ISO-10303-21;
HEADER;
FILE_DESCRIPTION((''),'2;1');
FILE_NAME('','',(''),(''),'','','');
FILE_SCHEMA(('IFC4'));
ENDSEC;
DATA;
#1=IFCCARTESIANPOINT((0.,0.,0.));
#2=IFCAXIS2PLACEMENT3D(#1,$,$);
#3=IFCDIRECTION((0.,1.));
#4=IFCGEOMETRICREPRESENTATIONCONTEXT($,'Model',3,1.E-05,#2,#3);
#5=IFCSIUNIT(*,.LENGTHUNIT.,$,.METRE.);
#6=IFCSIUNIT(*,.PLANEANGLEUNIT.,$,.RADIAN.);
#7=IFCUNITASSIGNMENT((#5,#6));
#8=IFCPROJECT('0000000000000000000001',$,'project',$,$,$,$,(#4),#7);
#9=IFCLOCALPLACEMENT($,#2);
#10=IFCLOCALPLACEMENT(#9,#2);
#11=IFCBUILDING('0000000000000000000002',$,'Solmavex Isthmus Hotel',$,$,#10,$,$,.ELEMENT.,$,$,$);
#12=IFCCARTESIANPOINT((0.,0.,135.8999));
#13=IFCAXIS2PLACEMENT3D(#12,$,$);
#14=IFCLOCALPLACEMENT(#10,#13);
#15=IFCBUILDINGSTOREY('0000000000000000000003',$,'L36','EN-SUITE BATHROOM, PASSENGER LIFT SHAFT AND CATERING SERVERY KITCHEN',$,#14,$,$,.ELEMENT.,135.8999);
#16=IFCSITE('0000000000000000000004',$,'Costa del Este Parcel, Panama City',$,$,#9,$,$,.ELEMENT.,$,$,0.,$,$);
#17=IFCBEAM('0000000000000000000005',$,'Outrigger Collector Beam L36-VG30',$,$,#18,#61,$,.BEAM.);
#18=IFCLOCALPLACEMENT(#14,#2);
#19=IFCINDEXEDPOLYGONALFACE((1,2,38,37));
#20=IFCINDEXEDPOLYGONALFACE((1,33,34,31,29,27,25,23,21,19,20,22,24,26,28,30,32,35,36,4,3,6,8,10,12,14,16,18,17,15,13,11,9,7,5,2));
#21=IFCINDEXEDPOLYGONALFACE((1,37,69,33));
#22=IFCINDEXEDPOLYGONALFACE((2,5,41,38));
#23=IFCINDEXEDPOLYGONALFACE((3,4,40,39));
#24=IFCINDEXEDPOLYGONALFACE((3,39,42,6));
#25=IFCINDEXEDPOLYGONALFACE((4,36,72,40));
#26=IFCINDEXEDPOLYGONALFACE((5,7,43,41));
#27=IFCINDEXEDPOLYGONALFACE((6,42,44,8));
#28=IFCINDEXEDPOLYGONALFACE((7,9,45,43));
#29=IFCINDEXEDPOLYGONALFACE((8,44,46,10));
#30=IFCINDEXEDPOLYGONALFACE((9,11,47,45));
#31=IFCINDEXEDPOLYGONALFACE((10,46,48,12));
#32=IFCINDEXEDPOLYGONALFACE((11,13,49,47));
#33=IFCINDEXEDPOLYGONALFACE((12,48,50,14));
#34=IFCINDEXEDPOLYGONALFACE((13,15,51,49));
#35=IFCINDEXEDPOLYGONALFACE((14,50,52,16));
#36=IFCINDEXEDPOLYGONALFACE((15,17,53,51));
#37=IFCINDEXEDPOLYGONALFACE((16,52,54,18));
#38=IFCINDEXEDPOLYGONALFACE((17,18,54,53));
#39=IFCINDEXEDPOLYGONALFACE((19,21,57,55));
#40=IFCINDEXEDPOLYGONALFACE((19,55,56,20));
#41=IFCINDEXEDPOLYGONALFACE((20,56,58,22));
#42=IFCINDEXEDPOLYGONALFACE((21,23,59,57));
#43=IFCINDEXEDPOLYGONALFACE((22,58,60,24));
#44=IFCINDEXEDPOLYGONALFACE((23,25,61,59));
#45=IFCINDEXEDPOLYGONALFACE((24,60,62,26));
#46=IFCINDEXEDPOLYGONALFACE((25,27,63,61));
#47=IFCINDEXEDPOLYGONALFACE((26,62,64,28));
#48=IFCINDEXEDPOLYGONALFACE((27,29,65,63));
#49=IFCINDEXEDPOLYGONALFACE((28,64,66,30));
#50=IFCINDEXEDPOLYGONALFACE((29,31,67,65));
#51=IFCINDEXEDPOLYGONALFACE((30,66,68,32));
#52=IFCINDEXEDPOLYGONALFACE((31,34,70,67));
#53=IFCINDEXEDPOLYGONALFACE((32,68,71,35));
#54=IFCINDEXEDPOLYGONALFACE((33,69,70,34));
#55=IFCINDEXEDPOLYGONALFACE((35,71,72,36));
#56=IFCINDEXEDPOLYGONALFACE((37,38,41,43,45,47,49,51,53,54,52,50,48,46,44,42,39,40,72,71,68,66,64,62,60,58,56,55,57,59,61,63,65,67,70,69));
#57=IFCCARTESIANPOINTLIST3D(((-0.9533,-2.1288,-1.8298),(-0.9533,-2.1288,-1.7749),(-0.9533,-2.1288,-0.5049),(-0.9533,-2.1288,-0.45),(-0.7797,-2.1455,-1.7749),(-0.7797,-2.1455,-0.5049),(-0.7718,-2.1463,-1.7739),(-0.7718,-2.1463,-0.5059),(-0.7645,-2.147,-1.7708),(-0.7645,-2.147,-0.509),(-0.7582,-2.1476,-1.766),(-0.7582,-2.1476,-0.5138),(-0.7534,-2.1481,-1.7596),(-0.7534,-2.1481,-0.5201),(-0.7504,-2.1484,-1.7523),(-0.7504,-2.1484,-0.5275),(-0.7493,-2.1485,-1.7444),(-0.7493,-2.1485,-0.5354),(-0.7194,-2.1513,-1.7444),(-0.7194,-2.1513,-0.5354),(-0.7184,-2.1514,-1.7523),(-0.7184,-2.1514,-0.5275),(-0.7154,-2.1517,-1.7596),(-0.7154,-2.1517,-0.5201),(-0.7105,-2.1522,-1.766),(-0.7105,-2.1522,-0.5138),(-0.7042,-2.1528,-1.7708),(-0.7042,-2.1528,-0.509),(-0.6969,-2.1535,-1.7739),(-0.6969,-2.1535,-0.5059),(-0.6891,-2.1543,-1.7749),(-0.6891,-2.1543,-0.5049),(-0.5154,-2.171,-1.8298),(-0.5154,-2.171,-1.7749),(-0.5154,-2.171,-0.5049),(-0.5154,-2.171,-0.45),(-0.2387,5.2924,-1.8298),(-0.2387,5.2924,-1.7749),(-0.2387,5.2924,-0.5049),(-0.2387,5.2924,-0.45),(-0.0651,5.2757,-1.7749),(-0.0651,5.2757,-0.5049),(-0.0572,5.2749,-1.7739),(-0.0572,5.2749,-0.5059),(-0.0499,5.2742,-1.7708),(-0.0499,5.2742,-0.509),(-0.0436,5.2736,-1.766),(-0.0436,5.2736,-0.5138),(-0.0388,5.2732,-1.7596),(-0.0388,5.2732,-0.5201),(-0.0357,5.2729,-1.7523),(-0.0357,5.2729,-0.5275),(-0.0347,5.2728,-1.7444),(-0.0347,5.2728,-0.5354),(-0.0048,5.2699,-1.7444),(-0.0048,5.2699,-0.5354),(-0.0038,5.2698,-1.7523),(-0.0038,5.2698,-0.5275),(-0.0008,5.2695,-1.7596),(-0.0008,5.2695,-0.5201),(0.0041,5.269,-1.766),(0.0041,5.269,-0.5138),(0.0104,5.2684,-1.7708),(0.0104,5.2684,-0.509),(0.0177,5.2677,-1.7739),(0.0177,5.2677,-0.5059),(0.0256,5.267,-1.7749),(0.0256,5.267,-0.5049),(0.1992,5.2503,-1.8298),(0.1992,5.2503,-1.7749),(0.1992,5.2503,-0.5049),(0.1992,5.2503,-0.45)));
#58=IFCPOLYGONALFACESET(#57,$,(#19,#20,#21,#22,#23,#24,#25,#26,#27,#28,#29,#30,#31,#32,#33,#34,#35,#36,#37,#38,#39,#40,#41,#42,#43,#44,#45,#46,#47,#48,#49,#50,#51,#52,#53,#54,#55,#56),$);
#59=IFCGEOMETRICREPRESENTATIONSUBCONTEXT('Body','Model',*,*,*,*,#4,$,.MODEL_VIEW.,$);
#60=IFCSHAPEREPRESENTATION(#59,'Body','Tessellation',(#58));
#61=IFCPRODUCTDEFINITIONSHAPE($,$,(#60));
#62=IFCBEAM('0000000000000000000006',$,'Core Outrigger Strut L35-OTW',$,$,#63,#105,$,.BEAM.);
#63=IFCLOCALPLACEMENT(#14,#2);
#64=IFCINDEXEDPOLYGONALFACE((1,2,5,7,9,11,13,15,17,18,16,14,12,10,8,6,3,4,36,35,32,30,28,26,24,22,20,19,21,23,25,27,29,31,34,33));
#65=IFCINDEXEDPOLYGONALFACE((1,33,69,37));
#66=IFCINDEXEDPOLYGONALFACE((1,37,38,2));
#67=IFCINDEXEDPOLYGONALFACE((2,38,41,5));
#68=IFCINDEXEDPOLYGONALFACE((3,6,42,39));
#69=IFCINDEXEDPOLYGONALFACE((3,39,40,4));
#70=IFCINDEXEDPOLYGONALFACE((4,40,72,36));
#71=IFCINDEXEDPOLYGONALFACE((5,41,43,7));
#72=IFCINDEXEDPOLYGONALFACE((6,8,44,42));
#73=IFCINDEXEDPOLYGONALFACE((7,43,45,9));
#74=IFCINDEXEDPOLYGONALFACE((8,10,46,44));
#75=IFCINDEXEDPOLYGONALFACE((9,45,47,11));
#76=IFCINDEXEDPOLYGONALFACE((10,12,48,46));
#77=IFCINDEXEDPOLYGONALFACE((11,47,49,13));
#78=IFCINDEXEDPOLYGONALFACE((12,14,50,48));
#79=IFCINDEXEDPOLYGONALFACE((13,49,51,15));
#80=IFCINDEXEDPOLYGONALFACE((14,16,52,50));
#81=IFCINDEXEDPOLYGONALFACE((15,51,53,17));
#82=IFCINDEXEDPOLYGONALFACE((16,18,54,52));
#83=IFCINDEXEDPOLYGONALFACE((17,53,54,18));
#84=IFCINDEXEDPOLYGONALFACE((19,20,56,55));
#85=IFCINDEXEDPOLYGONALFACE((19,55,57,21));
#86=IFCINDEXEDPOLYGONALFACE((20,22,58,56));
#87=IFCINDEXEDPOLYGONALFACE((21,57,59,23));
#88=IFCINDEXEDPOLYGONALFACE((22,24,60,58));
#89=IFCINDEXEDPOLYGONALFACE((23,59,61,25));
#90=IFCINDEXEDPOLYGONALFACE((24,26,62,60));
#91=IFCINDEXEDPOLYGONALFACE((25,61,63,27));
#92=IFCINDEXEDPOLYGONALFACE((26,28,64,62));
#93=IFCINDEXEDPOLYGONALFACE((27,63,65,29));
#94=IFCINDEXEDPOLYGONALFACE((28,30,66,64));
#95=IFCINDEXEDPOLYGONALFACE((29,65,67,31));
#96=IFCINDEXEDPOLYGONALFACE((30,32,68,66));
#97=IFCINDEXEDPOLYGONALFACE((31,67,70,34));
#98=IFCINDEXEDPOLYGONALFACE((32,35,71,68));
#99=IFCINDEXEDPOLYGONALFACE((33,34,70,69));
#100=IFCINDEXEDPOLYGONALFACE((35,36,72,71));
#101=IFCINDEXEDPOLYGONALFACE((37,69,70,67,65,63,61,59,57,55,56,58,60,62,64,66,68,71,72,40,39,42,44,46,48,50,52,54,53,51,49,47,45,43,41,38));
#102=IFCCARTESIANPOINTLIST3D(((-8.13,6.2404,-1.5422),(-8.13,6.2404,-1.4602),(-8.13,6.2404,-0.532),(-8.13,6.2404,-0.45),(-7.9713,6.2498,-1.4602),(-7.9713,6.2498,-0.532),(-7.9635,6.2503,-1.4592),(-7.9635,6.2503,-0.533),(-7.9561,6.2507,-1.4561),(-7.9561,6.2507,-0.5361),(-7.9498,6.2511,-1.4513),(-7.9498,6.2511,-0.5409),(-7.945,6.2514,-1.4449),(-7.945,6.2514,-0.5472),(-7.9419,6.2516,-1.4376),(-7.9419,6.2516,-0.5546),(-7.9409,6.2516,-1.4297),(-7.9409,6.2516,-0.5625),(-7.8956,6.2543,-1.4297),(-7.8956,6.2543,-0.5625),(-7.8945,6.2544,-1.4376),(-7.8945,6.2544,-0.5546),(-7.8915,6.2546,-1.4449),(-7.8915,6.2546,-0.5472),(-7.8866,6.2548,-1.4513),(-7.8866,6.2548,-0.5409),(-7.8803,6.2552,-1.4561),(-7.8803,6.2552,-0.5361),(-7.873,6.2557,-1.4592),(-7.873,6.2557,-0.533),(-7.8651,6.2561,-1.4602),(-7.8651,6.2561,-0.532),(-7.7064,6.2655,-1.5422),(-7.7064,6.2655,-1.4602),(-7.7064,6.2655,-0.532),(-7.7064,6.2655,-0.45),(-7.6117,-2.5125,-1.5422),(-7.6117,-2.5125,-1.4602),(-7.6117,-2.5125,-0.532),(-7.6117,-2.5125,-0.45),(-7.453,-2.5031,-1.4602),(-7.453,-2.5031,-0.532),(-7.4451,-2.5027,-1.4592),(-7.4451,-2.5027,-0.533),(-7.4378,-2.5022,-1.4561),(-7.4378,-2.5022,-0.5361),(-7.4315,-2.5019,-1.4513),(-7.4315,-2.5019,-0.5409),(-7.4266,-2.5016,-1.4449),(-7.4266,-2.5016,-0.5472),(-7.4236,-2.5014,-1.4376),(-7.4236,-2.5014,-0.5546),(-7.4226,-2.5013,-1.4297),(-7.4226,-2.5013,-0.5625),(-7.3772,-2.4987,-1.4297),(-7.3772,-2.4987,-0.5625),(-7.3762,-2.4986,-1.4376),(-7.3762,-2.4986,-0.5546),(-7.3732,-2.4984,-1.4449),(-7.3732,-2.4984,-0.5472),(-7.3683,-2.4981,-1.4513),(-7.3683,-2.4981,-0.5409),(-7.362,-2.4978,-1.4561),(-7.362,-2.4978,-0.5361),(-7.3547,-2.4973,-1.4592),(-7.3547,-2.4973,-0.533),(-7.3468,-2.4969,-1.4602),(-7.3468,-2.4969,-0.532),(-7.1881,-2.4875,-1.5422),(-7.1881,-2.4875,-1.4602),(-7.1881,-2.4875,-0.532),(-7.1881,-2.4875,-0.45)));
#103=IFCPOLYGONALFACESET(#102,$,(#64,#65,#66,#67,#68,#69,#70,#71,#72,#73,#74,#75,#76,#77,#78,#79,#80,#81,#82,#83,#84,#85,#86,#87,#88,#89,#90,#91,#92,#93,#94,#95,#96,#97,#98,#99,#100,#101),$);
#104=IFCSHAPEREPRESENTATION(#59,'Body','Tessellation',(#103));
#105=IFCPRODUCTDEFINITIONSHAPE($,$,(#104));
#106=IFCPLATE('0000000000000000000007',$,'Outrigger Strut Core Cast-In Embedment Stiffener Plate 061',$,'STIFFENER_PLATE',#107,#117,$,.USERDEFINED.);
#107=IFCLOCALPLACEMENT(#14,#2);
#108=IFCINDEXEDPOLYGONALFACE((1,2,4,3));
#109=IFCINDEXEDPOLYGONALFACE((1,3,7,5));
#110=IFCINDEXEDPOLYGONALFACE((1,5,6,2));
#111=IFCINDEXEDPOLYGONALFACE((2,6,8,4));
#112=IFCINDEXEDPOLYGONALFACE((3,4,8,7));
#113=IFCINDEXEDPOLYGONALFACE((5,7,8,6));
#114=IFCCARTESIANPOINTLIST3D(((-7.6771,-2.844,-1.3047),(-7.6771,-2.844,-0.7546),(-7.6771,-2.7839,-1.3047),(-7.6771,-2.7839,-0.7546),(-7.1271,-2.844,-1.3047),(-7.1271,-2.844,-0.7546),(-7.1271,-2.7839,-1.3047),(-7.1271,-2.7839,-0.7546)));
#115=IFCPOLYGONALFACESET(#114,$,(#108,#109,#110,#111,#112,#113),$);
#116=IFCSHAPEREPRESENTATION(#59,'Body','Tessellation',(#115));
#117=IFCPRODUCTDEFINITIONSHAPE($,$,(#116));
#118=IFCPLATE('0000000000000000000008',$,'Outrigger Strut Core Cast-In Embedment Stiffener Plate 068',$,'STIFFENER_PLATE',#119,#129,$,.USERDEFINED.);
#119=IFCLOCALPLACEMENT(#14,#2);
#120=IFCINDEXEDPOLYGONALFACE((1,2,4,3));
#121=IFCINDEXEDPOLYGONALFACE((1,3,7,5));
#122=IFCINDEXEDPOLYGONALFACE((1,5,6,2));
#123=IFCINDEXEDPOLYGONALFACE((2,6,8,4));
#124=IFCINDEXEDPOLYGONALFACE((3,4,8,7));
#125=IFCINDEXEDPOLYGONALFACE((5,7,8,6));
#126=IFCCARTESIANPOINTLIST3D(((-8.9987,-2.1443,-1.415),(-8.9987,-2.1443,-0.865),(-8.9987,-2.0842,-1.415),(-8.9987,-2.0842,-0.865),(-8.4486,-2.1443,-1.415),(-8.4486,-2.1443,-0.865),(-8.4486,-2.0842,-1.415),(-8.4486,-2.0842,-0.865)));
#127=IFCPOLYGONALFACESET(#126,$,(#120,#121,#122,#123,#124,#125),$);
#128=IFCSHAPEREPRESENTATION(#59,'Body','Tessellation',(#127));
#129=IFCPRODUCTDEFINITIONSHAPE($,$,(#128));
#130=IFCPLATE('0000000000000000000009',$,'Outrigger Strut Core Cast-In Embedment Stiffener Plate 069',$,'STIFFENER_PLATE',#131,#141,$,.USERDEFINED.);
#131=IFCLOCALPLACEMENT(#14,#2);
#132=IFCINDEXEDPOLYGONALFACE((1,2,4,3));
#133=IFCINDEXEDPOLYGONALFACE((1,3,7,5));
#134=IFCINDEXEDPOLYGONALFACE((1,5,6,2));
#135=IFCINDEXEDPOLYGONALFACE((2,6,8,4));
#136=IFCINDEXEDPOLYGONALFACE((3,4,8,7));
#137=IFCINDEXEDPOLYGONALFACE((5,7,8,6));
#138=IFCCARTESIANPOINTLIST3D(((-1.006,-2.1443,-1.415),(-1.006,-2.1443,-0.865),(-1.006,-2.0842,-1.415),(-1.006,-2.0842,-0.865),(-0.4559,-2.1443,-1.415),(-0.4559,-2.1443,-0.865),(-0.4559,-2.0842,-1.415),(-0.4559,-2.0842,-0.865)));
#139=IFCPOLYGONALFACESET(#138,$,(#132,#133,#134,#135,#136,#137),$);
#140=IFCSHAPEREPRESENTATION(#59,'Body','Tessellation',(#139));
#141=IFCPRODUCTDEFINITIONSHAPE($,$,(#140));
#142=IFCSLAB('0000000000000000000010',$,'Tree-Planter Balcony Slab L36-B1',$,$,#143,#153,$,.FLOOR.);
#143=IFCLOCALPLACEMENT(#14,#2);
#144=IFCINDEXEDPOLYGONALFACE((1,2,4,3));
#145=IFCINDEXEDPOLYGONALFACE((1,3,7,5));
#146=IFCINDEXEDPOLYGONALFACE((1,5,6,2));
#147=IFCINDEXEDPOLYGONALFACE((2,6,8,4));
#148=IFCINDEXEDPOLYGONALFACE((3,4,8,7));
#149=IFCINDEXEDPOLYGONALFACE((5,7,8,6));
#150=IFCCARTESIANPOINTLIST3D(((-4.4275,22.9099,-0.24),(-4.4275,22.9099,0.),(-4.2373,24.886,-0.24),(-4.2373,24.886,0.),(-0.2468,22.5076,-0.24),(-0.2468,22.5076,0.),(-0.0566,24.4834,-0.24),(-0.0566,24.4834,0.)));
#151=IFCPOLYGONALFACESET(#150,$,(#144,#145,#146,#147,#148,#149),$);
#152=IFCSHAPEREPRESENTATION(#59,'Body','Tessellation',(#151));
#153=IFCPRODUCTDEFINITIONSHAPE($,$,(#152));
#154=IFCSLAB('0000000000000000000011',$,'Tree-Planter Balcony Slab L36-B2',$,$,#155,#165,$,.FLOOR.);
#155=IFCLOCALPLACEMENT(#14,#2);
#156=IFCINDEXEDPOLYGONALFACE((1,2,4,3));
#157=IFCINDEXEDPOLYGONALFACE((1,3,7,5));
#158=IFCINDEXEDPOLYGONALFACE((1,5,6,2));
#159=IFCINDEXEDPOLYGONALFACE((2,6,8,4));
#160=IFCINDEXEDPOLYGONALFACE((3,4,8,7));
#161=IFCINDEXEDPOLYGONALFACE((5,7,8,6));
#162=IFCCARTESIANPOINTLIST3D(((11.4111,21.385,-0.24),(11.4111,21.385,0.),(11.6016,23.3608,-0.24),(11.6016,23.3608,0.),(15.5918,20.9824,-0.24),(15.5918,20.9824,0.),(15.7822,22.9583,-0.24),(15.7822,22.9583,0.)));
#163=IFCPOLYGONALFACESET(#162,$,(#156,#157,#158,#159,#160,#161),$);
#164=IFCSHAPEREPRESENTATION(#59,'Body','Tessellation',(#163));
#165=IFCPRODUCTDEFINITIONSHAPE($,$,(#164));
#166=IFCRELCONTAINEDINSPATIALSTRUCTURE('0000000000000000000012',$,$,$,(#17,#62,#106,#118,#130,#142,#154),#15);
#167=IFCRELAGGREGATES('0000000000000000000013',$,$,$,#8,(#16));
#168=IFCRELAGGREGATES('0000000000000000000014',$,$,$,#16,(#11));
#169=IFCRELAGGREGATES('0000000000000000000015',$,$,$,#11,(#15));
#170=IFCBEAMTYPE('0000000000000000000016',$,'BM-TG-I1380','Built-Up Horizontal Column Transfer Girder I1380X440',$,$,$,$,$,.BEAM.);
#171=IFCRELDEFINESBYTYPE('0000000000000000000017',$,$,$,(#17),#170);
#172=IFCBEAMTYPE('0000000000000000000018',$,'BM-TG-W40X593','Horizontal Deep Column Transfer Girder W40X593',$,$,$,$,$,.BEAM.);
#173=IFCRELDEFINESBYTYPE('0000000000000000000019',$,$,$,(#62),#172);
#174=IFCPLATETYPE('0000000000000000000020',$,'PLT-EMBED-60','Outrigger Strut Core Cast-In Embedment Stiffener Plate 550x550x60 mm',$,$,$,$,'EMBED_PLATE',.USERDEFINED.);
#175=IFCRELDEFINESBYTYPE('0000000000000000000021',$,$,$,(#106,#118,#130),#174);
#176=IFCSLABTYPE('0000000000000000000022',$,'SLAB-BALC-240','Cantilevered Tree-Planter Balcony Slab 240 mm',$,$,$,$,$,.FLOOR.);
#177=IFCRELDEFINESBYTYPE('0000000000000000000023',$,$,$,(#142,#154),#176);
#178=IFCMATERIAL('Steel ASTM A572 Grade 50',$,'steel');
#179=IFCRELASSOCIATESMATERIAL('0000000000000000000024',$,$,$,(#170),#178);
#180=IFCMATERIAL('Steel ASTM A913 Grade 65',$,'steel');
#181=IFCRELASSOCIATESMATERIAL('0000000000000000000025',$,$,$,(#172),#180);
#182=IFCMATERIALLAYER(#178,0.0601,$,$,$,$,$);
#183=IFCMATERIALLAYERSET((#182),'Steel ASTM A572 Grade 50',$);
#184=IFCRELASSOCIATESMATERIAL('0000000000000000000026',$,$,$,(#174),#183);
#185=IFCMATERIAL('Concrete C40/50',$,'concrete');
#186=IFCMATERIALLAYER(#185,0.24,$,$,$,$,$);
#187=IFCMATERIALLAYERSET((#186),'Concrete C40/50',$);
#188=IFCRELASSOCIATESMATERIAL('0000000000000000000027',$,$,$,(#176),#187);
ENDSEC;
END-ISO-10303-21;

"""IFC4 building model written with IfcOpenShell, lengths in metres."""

from ifc_helpers import new_model, si_unit, direction, frame, origin, origin_2d, place, context, subcontext, project, spatial, polyline, rectangle, i_section, outline, extrude, material, layer, layer_set, material_profile, profile_set, type_object, element, save


model = new_model("IFC4")

# Units and contexts
model_context = context("Model", 3, precision=1e-05, world=origin(), true_north=direction((0.0, 1.0)))
body_context = subcontext(model_context, "Body", "Model", "MODEL_VIEW")
ifc_project = project(units=[si_unit("LENGTHUNIT", "METRE"), si_unit("PLANEANGLEUNIT", "RADIAN")], contexts=[model_context])

# Site, building, storey
site_placement = place(None, origin())
site = spatial("IfcSite", under=ifc_project, at=site_placement, Name="Costa del Este Parcel, Panama City", CompositionType="ELEMENT", RefElevation=0.0)
building_placement = place(site_placement, origin())
building = spatial("IfcBuilding", under=site, at=building_placement, Name="Solmavex Isthmus Hotel", CompositionType="ELEMENT")
storey_placement = place(building_placement, frame((0.0, 0.0, 135.8999)))
storey = spatial("IfcBuildingStorey", under=building, at=storey_placement, Name="L36", Description="EN-SUITE BATHROOM, PASSENGER LIFT SHAFT AND CATERING SERVERY KITCHEN", CompositionType="ELEMENT", Elevation=135.8999)

# Beams
ifc_material_1 = material(Name="Steel ASTM A913 Grade 65", Category="steel")
ifc_material_2 = material(Name="Steel ASTM A572 Grade 50", Category="steel")
ifc_material_profile_1 = material_profile(ifc_material_2, i_section(OverallWidth=0.4399, OverallDepth=1.3799, WebThickness=0.03, FlangeThickness=0.0549, FilletRadius=0.0305, at=origin_2d()), Name="I1380X440")
ifc_profile_set_1 = profile_set([ifc_material_profile_1], Name="Steel ASTM A572 Grade 50")
beam_type_1 = type_object("IfcBeamType", Name="BM-TG-I1380", Description="Built-Up Horizontal Column Transfer Girder I1380X440", PredefinedType="BEAM", material=ifc_profile_set_1)
beam_1_placement = place(storey_placement, frame((-0.7344, -2.1499, -1.1399), z_axis=(0.095849, 0.995396, 0.0), x_axis=(-0.995396, 0.095849, 0.0)))
element("IfcBeam", 1, at=beam_1_placement, inside=storey, type_object=beam_type_1, Name="Outrigger Collector Beam L36-VG30", PredefinedType="BEAM", context=body_context, shape_type="SweptSolid", body=[
    extrude(i_section(OverallWidth=0.4399, OverallDepth=1.3799, WebThickness=0.03, FlangeThickness=0.0549, FilletRadius=0.0305, at=origin_2d()), origin(), (0.0, 0.0, 1.0), 7.4556),
])
ifc_material_profile_2 = material_profile(ifc_material_1, i_section(OverallWidth=0.4243, OverallDepth=1.0923, WebThickness=0.0454, FlangeThickness=0.082, FilletRadius=0.0305, at=origin_2d()), Name="W40X593")
ifc_profile_set_2 = profile_set([ifc_material_profile_2], Name="Steel ASTM A913 Grade 65")
beam_type_2 = type_object("IfcBeamType", Name="BM-TG-W40X593", Description="Horizontal Deep Column Transfer Girder W40X593", PredefinedType="BEAM", material=ifc_profile_set_2)
beam_2_placement = place(storey_placement, frame((-7.3999, -2.5, -0.9961), z_axis=(-0.059112, 0.998251, 0.0), x_axis=(-0.998251, -0.059112, 0.0)))
element("IfcBeam", 2, at=beam_2_placement, inside=storey, type_object=beam_type_2, Name="Core Outrigger Strut L35-OTW", PredefinedType="BEAM", context=body_context, shape_type="SweptSolid", body=[
    extrude(i_section(OverallWidth=0.4243, OverallDepth=1.0923, WebThickness=0.0454, FlangeThickness=0.082, FilletRadius=0.0305, at=origin_2d()), origin(), (0.0, 0.0, 1.0), 8.7683),
])

# Plates
ifc_layer_1 = layer(ifc_material_2, 0.0601)
ifc_layer_set_1 = layer_set([ifc_layer_1], Name="Steel ASTM A572 Grade 50")
plate_type = type_object("IfcPlateType", Name="PLT-EMBED-60", Description="Outrigger Strut Core Cast-In Embedment Stiffener Plate 550x550x60 mm", ElementType="EMBED_PLATE", PredefinedType="USERDEFINED", material=ifc_layer_set_1)
for number, where, z_axis, x_axis, name in (
    (3, (-7.4021, -2.814, -1.3047), (0.0, 0.0, 1.0), (1.0, 0.0, 0.0), "Outrigger Strut Core Cast-In Embedment Stiffener Plate 061"),
    (4, (-8.7236, -2.1143, -1.415), (0.0, 0.0, 1.0), (1.0, 0.0, 0.0), "Outrigger Strut Core Cast-In Embedment Stiffener Plate 068"),
    (5, (-0.731, -2.1143, -1.415), (0.0, 0.0, 1.0), (1.0, 0.0, 0.0), "Outrigger Strut Core Cast-In Embedment Stiffener Plate 069"),
):
    element("IfcPlate", number, at=place(storey_placement, frame(where, z_axis=z_axis, x_axis=x_axis)), inside=storey, type_object=plate_type, Name=name, ObjectType="STIFFENER_PLATE", PredefinedType="USERDEFINED", context=body_context, shape_type="SweptSolid", body=[
        extrude(rectangle(XDim=0.55, YDim=0.0601, at=origin_2d()), origin(), (0.0, 0.0, 1.0), 0.55),
    ])

# Slabs
ifc_material_3 = material(Name="Concrete C40/50", Category="concrete")
ifc_layer_2 = layer(ifc_material_3, 0.24)
ifc_layer_set_2 = layer_set([ifc_layer_2], Name="Concrete C40/50")
slab_type_1 = type_object("IfcSlabType", Name="SLAB-BALC-240", Description="Cantilevered Tree-Planter Balcony Slab 240 mm", PredefinedType="FLOOR", material=ifc_layer_set_2)
slab_1_placement = place(storey_placement, frame((0.0, 0.0, -0.24)))
element("IfcSlab", 6, at=slab_1_placement, inside=storey, type_object=slab_type_1, Name="Tree-Planter Balcony Slab L36-B1", PredefinedType="FLOOR", context=body_context, shape_type="SweptSolid", body=[
    extrude(outline(polyline([(-4.4275, 22.9099), (-0.2468, 22.5076), (-0.0566, 24.4834), (-4.2373, 24.886), (-4.4275, 22.9099)])), origin(), (0.0, 0.0, 1.0), 0.24),
])
slab_2_placement = place(storey_placement, frame((0.0, 0.0, -0.24)))
element("IfcSlab", 7, at=slab_2_placement, inside=storey, type_object=slab_type_1, Name="Tree-Planter Balcony Slab L36-B2", PredefinedType="FLOOR", context=body_context, shape_type="SweptSolid", body=[
    extrude(outline(polyline([(11.4111, 21.385), (15.5918, 20.9824), (15.7822, 22.9583), (11.6016, 23.3608), (11.4111, 21.385)])), origin(), (0.0, 0.0, 1.0), 0.24),
])

save(model, "model.ifc")
